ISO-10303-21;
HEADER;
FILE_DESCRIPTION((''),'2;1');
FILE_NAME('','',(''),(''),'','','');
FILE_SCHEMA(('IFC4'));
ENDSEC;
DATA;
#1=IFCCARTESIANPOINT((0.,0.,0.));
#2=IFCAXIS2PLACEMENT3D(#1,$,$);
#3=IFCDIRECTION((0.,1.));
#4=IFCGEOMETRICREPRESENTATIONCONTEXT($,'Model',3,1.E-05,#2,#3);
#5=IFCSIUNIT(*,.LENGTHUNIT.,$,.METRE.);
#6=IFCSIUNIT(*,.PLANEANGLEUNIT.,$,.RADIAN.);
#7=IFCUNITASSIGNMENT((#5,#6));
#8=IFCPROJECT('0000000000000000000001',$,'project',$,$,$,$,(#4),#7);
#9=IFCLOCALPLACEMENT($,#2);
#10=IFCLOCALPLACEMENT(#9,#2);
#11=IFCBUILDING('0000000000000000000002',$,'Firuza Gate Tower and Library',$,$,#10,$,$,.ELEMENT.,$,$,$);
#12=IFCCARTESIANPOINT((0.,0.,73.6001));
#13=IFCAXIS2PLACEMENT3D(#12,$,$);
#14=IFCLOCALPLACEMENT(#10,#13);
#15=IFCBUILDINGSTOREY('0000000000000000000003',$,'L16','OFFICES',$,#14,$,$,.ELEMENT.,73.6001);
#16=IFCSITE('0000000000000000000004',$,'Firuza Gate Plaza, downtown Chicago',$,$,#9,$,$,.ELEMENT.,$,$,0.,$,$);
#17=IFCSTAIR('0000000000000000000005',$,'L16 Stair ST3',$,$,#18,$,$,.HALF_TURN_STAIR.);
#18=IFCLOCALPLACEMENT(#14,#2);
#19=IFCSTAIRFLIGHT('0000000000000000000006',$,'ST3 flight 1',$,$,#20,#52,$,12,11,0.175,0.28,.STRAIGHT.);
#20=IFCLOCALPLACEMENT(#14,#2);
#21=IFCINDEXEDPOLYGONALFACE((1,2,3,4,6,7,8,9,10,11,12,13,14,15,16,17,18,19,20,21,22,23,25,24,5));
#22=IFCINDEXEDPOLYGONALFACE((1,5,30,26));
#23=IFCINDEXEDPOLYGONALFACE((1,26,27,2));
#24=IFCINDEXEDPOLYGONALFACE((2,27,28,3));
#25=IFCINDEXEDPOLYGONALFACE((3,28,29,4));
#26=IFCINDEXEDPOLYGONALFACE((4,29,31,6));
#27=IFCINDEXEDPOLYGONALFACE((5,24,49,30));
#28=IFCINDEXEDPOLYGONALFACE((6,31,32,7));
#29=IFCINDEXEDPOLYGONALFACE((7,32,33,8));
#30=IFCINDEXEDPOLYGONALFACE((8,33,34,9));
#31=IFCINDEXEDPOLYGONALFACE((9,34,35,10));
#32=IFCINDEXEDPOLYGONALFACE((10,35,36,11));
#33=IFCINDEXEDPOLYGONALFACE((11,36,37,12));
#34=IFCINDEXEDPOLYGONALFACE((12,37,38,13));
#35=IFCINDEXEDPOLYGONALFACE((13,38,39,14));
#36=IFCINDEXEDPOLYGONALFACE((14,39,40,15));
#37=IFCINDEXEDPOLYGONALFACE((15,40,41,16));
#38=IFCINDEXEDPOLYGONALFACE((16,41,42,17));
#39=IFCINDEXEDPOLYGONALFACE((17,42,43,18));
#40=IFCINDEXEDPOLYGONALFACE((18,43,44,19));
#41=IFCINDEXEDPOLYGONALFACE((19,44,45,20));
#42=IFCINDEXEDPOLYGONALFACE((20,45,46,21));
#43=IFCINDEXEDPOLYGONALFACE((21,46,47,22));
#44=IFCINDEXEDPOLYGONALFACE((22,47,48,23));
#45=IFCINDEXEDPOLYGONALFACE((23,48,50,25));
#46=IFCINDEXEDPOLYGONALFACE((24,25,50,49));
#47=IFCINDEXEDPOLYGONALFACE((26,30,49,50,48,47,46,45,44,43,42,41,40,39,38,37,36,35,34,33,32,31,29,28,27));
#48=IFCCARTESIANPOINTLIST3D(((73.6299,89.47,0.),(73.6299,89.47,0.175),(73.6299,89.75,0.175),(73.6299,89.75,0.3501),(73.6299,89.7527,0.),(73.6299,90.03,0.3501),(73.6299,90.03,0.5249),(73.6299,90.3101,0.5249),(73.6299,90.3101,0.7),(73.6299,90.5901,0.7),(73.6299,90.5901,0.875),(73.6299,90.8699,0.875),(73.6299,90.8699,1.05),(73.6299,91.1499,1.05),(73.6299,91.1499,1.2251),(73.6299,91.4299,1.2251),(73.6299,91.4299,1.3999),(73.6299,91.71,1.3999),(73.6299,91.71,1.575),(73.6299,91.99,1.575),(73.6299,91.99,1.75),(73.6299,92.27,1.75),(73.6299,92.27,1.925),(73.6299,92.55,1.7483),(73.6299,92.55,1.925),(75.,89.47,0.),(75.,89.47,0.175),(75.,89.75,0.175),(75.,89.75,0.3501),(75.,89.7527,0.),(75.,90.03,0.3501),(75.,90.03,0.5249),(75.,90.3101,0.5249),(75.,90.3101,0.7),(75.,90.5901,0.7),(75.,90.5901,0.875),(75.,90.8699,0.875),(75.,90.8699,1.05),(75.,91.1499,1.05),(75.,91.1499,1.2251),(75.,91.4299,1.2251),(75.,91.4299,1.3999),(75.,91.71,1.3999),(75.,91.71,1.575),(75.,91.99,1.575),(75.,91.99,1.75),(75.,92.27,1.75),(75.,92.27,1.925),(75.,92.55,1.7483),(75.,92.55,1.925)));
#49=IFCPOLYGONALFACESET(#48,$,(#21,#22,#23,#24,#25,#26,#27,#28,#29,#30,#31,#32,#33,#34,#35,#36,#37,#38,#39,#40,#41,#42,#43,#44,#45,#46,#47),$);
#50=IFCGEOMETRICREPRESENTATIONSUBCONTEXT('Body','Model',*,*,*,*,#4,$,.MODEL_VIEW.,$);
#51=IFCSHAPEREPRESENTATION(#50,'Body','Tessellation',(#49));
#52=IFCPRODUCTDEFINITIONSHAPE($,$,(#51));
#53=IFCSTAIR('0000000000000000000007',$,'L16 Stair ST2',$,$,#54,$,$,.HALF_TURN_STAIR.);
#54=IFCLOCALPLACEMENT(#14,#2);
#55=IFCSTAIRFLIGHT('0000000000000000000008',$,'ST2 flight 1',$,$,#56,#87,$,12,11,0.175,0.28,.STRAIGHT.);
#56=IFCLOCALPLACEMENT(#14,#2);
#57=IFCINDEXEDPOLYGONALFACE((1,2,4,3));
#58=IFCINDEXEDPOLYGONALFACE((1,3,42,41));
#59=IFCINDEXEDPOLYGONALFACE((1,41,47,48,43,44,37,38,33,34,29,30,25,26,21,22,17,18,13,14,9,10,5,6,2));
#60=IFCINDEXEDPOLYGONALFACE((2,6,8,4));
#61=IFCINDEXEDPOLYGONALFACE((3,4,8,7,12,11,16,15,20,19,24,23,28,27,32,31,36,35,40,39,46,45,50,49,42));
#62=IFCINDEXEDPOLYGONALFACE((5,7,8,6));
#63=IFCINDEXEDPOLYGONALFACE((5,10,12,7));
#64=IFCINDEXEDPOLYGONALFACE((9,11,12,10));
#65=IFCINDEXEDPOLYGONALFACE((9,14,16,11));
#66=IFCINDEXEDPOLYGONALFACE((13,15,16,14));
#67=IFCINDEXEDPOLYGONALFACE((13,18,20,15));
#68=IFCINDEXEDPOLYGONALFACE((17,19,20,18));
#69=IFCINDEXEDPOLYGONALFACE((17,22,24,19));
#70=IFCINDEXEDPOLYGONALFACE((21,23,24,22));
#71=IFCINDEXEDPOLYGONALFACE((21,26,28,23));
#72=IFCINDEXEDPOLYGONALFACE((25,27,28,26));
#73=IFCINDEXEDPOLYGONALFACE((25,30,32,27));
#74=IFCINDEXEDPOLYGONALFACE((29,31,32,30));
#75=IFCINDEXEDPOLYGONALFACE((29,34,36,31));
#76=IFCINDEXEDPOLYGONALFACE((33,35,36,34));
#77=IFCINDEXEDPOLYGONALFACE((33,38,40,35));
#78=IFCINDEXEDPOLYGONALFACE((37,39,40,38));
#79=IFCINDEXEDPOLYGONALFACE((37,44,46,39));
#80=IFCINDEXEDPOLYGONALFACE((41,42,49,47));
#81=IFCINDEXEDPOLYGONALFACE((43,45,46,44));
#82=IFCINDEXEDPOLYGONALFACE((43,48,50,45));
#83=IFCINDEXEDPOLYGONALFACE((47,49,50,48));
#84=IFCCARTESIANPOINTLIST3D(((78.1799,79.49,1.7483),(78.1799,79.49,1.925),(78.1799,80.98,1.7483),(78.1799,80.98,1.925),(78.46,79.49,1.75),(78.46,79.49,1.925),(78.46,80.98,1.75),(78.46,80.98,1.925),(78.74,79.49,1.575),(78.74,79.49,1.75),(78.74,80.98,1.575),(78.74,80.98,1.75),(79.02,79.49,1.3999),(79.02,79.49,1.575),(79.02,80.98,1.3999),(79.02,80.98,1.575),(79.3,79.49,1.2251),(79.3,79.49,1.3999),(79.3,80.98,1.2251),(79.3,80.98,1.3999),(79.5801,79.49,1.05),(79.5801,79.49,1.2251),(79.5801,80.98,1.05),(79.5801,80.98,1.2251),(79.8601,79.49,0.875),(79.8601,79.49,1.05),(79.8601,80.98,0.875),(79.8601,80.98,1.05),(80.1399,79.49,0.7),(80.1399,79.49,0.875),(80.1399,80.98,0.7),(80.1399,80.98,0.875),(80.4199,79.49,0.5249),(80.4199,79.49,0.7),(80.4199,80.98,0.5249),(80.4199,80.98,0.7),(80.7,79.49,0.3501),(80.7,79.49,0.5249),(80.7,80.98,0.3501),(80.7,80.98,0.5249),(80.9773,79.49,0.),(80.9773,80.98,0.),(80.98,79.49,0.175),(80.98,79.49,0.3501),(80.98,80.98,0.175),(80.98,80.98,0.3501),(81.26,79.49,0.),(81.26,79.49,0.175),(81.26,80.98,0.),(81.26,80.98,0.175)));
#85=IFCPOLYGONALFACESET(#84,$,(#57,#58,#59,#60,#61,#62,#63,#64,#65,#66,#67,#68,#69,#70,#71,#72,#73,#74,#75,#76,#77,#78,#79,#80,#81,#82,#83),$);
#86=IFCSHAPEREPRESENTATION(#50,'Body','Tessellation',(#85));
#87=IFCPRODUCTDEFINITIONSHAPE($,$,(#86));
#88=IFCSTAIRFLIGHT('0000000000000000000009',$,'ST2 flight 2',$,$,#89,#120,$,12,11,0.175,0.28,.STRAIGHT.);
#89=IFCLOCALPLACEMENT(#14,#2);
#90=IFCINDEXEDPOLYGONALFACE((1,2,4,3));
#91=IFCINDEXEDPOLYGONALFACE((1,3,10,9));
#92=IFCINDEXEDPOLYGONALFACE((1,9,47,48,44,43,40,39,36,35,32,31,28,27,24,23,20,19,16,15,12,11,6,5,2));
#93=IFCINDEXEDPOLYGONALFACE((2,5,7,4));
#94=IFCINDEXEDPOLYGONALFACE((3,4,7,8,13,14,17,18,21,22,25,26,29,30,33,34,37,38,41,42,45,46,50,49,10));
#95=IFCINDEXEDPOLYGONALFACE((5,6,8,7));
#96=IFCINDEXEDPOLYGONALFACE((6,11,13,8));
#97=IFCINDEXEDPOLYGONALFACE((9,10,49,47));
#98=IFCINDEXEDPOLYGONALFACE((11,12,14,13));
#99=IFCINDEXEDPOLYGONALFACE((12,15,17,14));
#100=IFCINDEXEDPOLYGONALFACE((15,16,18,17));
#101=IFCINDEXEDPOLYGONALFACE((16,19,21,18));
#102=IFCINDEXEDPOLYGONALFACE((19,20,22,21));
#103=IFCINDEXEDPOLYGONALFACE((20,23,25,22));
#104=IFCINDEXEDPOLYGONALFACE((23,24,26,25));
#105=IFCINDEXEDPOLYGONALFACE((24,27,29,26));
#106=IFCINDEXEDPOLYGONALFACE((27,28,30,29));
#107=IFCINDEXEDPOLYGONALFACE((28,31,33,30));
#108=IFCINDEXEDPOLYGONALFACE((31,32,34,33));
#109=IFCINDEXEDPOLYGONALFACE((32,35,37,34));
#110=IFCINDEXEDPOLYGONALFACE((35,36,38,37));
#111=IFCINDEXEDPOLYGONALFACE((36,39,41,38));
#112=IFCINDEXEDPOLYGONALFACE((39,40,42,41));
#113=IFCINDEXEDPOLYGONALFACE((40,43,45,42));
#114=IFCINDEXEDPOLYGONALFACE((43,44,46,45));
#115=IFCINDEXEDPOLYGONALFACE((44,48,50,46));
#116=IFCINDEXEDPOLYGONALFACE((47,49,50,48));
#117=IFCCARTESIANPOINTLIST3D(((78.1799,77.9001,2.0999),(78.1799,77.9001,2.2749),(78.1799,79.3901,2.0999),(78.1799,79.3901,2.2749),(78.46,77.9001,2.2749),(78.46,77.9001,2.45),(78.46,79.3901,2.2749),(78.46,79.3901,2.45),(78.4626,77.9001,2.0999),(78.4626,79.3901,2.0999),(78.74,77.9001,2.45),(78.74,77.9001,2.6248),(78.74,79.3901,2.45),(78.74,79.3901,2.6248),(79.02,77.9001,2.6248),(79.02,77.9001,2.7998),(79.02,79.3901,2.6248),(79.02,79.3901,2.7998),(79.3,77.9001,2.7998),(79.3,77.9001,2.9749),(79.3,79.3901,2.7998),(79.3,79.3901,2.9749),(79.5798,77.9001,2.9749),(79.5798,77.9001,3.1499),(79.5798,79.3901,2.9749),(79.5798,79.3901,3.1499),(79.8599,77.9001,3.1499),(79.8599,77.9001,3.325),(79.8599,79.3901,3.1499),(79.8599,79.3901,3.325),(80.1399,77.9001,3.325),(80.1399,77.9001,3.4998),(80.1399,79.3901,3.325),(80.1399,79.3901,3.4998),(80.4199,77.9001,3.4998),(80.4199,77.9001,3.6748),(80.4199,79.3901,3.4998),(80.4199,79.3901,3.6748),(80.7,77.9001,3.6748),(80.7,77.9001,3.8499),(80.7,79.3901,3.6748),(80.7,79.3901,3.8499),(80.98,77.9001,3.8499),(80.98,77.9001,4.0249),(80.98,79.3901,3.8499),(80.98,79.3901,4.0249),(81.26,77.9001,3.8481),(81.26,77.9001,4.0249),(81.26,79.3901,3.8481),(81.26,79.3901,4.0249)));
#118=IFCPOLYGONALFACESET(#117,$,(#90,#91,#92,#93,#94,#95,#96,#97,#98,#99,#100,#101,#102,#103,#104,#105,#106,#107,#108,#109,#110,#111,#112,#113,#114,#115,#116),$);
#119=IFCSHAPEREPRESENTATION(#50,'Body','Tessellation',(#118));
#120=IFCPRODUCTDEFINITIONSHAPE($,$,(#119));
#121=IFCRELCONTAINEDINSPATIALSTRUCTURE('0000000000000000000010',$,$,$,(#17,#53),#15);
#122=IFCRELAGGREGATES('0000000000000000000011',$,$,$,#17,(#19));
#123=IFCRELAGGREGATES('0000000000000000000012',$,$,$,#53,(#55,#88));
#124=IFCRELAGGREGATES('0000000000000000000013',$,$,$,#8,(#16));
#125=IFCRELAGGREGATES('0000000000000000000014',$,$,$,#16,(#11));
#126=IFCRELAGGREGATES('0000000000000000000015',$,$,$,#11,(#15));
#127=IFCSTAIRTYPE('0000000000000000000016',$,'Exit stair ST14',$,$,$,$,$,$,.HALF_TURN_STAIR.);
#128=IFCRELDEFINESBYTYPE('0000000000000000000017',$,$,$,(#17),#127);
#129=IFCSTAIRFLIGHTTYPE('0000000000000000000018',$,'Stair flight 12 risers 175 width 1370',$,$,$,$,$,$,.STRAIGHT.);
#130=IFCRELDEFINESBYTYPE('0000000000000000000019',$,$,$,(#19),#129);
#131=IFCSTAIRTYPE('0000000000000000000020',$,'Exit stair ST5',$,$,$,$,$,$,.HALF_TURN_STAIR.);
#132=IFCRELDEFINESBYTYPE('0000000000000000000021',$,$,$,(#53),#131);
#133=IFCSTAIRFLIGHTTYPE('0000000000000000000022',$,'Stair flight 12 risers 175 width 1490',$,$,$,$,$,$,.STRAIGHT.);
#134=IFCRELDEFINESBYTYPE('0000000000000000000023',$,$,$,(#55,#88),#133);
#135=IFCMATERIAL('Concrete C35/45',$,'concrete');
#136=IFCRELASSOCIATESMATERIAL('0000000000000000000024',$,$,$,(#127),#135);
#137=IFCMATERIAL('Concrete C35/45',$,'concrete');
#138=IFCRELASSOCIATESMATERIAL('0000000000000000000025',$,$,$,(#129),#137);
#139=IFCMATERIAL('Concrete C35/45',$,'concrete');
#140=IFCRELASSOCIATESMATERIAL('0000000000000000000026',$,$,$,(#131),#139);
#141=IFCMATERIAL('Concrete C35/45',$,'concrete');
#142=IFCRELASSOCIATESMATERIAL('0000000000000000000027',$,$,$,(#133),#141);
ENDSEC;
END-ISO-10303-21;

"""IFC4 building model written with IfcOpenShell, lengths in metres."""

from ifc_helpers import new_model, si_unit, direction, frame, origin, place, context, subcontext, project, spatial, polyline, outline, extrude, material, type_object, element, aggregate, save


model = new_model("IFC4")

# Units and contexts
model_context = context("Model", 3, precision=1e-05, world=origin(), true_north=direction((0.0, 1.0)))
body_context = subcontext(model_context, "Body", "Model", "MODEL_VIEW")
ifc_project = project(units=[si_unit("LENGTHUNIT", "METRE"), si_unit("PLANEANGLEUNIT", "RADIAN")], contexts=[model_context])

# Site, building, storey
site_placement = place(None, origin())
site = spatial("IfcSite", under=ifc_project, at=site_placement, Name="Firuza Gate Plaza, downtown Chicago", CompositionType="ELEMENT", RefElevation=0.0)
building_placement = place(site_placement, origin())
building = spatial("IfcBuilding", under=site, at=building_placement, Name="Firuza Gate Tower and Library", CompositionType="ELEMENT")
storey_placement = place(building_placement, frame((0.0, 0.0, 73.6001)))
storey = spatial("IfcBuildingStorey", under=building, at=storey_placement, Name="L16", Description="OFFICES", CompositionType="ELEMENT", Elevation=73.6001)

# Shared definitions
placement = place(storey_placement, origin())

# Stair, stair flight
ifc_material_1 = material(Name="Concrete C35/45", Category="concrete")
stair_type_1 = type_object("IfcStairType", Name="Exit stair ST14", PredefinedType="HALF_TURN_STAIR", material=ifc_material_1)
stair_1 = element("IfcStair", 1, at=placement, inside=storey, type_object=stair_type_1, Name="L16 Stair ST3", PredefinedType="HALF_TURN_STAIR")
ifc_material_2 = material(Name="Concrete C35/45", Category="concrete")
stair_flight_type_1 = type_object("IfcStairFlightType", Name="Stair flight 12 risers 175 width 1370", PredefinedType="STRAIGHT", material=ifc_material_2)
stair_flight_1_placement = place(storey_placement, frame((74.3149, 89.47, 0.0), z_axis=(0.0, 0.0, 1.0), x_axis=(0.0, 1.0, 0.0)))
stair_flight_1 = element("IfcStairFlight", 2, at=stair_flight_1_placement, type_object=stair_flight_type_1, Name="ST3 flight 1", NumberOfRisers=12, NumberOfTreads=11, PredefinedType="STRAIGHT", RiserHeight=0.175, TreadLength=0.28, context=body_context, shape_type="SweptSolid", body=[
    extrude(outline(polyline([(0.0, 0.0), (0.0, 0.175), (0.28, 0.175), (0.28, 0.3501), (0.5601, 0.3501), (0.5601, 0.5249), (0.8401, 0.5249), (0.8401, 0.7), (1.1201, 0.7), (1.1201, 0.875), (1.3999, 0.875), (1.3999, 1.05), (1.6799, 1.05), (1.6799, 1.2251), (1.96, 1.2251), (1.96, 1.3999), (2.24, 1.3999), (2.24, 1.575), (2.52, 1.575), (2.52, 1.75), (2.8, 1.75), (2.8, 1.925), (3.0801, 1.925), (3.0801, 2.1001), (3.0801, 1.7483), (0.2827, 0.0), (0.0, 0.0)])), frame((0.0, 0.6851, 0.0), z_axis=(0.0, -1.0, 0.0), x_axis=(1.0, 0.0, 0.0)), (0.0, 0.0, 1.0), 1.3701),
])
aggregate(stair_1, [stair_flight_1])

# Stair, stair flights
ifc_material_3 = material(Name="Concrete C35/45", Category="concrete")
stair_type_2 = type_object("IfcStairType", Name="Exit stair ST5", PredefinedType="HALF_TURN_STAIR", material=ifc_material_3)
stair_2 = element("IfcStair", 3, at=placement, inside=storey, type_object=stair_type_2, Name="L16 Stair ST2", PredefinedType="HALF_TURN_STAIR")
ifc_material_4 = material(Name="Concrete C35/45", Category="concrete")
stair_flight_type_2 = type_object("IfcStairFlightType", Name="Stair flight 12 risers 175 width 1490", PredefinedType="STRAIGHT", material=ifc_material_4)
stair_flight_2_placement = place(storey_placement, frame((81.26, 80.2351, 0.0), z_axis=(0.0, 0.0, 1.0), x_axis=(-1.0, 0.0, 0.0)))
stair_flight_2 = element("IfcStairFlight", 4, at=stair_flight_2_placement, type_object=stair_flight_type_2, Name="ST2 flight 1", NumberOfRisers=12, NumberOfTreads=11, PredefinedType="STRAIGHT", RiserHeight=0.175, TreadLength=0.28, context=body_context, shape_type="SweptSolid", body=[
    extrude(outline(polyline([(0.0, 0.0), (0.0, 0.175), (0.28, 0.175), (0.28, 0.3501), (0.5601, 0.3501), (0.5601, 0.5249), (0.8401, 0.5249), (0.8401, 0.7), (1.1201, 0.7), (1.1201, 0.875), (1.3999, 0.875), (1.3999, 1.05), (1.6799, 1.05), (1.6799, 1.2251), (1.96, 1.2251), (1.96, 1.3999), (2.24, 1.3999), (2.24, 1.575), (2.52, 1.575), (2.52, 1.75), (2.8, 1.75), (2.8, 1.925), (3.0801, 1.925), (3.0801, 2.1001), (3.0801, 1.7483), (0.2827, 0.0), (0.0, 0.0)])), frame((0.0, 0.7451, 0.0), z_axis=(0.0, -1.0, 0.0), x_axis=(1.0, 0.0, 0.0)), (0.0, 0.0, 1.0), 1.49),
])
stair_flight_3_placement = place(storey_placement, frame((78.1799, 78.645, 2.0999), z_axis=(0.0, 0.0, 1.0), x_axis=(1.0, 0.0, 0.0)))
stair_flight_3 = element("IfcStairFlight", 5, at=stair_flight_3_placement, type_object=stair_flight_type_2, Name="ST2 flight 2", NumberOfRisers=12, NumberOfTreads=11, PredefinedType="STRAIGHT", RiserHeight=0.175, TreadLength=0.28, context=body_context, shape_type="SweptSolid", body=[
    extrude(outline(polyline([(0.0, 0.0), (0.0, 0.175), (0.28, 0.175), (0.28, 0.3501), (0.5601, 0.3501), (0.5601, 0.5249), (0.8401, 0.5249), (0.8401, 0.7), (1.1201, 0.7), (1.1201, 0.875), (1.3999, 0.875), (1.3999, 1.05), (1.6799, 1.05), (1.6799, 1.2251), (1.96, 1.2251), (1.96, 1.3999), (2.24, 1.3999), (2.24, 1.575), (2.52, 1.575), (2.52, 1.75), (2.8, 1.75), (2.8, 1.925), (3.0801, 1.925), (3.0801, 2.1001), (3.0801, 1.7483), (0.2827, 0.0), (0.0, 0.0)])), frame((0.0, 0.7451, 0.0), z_axis=(0.0, -1.0, 0.0), x_axis=(1.0, 0.0, 0.0)), (0.0, 0.0, 1.0), 1.49),
])
aggregate(stair_2, [stair_flight_2, stair_flight_3])

save(model, "model.ifc")
